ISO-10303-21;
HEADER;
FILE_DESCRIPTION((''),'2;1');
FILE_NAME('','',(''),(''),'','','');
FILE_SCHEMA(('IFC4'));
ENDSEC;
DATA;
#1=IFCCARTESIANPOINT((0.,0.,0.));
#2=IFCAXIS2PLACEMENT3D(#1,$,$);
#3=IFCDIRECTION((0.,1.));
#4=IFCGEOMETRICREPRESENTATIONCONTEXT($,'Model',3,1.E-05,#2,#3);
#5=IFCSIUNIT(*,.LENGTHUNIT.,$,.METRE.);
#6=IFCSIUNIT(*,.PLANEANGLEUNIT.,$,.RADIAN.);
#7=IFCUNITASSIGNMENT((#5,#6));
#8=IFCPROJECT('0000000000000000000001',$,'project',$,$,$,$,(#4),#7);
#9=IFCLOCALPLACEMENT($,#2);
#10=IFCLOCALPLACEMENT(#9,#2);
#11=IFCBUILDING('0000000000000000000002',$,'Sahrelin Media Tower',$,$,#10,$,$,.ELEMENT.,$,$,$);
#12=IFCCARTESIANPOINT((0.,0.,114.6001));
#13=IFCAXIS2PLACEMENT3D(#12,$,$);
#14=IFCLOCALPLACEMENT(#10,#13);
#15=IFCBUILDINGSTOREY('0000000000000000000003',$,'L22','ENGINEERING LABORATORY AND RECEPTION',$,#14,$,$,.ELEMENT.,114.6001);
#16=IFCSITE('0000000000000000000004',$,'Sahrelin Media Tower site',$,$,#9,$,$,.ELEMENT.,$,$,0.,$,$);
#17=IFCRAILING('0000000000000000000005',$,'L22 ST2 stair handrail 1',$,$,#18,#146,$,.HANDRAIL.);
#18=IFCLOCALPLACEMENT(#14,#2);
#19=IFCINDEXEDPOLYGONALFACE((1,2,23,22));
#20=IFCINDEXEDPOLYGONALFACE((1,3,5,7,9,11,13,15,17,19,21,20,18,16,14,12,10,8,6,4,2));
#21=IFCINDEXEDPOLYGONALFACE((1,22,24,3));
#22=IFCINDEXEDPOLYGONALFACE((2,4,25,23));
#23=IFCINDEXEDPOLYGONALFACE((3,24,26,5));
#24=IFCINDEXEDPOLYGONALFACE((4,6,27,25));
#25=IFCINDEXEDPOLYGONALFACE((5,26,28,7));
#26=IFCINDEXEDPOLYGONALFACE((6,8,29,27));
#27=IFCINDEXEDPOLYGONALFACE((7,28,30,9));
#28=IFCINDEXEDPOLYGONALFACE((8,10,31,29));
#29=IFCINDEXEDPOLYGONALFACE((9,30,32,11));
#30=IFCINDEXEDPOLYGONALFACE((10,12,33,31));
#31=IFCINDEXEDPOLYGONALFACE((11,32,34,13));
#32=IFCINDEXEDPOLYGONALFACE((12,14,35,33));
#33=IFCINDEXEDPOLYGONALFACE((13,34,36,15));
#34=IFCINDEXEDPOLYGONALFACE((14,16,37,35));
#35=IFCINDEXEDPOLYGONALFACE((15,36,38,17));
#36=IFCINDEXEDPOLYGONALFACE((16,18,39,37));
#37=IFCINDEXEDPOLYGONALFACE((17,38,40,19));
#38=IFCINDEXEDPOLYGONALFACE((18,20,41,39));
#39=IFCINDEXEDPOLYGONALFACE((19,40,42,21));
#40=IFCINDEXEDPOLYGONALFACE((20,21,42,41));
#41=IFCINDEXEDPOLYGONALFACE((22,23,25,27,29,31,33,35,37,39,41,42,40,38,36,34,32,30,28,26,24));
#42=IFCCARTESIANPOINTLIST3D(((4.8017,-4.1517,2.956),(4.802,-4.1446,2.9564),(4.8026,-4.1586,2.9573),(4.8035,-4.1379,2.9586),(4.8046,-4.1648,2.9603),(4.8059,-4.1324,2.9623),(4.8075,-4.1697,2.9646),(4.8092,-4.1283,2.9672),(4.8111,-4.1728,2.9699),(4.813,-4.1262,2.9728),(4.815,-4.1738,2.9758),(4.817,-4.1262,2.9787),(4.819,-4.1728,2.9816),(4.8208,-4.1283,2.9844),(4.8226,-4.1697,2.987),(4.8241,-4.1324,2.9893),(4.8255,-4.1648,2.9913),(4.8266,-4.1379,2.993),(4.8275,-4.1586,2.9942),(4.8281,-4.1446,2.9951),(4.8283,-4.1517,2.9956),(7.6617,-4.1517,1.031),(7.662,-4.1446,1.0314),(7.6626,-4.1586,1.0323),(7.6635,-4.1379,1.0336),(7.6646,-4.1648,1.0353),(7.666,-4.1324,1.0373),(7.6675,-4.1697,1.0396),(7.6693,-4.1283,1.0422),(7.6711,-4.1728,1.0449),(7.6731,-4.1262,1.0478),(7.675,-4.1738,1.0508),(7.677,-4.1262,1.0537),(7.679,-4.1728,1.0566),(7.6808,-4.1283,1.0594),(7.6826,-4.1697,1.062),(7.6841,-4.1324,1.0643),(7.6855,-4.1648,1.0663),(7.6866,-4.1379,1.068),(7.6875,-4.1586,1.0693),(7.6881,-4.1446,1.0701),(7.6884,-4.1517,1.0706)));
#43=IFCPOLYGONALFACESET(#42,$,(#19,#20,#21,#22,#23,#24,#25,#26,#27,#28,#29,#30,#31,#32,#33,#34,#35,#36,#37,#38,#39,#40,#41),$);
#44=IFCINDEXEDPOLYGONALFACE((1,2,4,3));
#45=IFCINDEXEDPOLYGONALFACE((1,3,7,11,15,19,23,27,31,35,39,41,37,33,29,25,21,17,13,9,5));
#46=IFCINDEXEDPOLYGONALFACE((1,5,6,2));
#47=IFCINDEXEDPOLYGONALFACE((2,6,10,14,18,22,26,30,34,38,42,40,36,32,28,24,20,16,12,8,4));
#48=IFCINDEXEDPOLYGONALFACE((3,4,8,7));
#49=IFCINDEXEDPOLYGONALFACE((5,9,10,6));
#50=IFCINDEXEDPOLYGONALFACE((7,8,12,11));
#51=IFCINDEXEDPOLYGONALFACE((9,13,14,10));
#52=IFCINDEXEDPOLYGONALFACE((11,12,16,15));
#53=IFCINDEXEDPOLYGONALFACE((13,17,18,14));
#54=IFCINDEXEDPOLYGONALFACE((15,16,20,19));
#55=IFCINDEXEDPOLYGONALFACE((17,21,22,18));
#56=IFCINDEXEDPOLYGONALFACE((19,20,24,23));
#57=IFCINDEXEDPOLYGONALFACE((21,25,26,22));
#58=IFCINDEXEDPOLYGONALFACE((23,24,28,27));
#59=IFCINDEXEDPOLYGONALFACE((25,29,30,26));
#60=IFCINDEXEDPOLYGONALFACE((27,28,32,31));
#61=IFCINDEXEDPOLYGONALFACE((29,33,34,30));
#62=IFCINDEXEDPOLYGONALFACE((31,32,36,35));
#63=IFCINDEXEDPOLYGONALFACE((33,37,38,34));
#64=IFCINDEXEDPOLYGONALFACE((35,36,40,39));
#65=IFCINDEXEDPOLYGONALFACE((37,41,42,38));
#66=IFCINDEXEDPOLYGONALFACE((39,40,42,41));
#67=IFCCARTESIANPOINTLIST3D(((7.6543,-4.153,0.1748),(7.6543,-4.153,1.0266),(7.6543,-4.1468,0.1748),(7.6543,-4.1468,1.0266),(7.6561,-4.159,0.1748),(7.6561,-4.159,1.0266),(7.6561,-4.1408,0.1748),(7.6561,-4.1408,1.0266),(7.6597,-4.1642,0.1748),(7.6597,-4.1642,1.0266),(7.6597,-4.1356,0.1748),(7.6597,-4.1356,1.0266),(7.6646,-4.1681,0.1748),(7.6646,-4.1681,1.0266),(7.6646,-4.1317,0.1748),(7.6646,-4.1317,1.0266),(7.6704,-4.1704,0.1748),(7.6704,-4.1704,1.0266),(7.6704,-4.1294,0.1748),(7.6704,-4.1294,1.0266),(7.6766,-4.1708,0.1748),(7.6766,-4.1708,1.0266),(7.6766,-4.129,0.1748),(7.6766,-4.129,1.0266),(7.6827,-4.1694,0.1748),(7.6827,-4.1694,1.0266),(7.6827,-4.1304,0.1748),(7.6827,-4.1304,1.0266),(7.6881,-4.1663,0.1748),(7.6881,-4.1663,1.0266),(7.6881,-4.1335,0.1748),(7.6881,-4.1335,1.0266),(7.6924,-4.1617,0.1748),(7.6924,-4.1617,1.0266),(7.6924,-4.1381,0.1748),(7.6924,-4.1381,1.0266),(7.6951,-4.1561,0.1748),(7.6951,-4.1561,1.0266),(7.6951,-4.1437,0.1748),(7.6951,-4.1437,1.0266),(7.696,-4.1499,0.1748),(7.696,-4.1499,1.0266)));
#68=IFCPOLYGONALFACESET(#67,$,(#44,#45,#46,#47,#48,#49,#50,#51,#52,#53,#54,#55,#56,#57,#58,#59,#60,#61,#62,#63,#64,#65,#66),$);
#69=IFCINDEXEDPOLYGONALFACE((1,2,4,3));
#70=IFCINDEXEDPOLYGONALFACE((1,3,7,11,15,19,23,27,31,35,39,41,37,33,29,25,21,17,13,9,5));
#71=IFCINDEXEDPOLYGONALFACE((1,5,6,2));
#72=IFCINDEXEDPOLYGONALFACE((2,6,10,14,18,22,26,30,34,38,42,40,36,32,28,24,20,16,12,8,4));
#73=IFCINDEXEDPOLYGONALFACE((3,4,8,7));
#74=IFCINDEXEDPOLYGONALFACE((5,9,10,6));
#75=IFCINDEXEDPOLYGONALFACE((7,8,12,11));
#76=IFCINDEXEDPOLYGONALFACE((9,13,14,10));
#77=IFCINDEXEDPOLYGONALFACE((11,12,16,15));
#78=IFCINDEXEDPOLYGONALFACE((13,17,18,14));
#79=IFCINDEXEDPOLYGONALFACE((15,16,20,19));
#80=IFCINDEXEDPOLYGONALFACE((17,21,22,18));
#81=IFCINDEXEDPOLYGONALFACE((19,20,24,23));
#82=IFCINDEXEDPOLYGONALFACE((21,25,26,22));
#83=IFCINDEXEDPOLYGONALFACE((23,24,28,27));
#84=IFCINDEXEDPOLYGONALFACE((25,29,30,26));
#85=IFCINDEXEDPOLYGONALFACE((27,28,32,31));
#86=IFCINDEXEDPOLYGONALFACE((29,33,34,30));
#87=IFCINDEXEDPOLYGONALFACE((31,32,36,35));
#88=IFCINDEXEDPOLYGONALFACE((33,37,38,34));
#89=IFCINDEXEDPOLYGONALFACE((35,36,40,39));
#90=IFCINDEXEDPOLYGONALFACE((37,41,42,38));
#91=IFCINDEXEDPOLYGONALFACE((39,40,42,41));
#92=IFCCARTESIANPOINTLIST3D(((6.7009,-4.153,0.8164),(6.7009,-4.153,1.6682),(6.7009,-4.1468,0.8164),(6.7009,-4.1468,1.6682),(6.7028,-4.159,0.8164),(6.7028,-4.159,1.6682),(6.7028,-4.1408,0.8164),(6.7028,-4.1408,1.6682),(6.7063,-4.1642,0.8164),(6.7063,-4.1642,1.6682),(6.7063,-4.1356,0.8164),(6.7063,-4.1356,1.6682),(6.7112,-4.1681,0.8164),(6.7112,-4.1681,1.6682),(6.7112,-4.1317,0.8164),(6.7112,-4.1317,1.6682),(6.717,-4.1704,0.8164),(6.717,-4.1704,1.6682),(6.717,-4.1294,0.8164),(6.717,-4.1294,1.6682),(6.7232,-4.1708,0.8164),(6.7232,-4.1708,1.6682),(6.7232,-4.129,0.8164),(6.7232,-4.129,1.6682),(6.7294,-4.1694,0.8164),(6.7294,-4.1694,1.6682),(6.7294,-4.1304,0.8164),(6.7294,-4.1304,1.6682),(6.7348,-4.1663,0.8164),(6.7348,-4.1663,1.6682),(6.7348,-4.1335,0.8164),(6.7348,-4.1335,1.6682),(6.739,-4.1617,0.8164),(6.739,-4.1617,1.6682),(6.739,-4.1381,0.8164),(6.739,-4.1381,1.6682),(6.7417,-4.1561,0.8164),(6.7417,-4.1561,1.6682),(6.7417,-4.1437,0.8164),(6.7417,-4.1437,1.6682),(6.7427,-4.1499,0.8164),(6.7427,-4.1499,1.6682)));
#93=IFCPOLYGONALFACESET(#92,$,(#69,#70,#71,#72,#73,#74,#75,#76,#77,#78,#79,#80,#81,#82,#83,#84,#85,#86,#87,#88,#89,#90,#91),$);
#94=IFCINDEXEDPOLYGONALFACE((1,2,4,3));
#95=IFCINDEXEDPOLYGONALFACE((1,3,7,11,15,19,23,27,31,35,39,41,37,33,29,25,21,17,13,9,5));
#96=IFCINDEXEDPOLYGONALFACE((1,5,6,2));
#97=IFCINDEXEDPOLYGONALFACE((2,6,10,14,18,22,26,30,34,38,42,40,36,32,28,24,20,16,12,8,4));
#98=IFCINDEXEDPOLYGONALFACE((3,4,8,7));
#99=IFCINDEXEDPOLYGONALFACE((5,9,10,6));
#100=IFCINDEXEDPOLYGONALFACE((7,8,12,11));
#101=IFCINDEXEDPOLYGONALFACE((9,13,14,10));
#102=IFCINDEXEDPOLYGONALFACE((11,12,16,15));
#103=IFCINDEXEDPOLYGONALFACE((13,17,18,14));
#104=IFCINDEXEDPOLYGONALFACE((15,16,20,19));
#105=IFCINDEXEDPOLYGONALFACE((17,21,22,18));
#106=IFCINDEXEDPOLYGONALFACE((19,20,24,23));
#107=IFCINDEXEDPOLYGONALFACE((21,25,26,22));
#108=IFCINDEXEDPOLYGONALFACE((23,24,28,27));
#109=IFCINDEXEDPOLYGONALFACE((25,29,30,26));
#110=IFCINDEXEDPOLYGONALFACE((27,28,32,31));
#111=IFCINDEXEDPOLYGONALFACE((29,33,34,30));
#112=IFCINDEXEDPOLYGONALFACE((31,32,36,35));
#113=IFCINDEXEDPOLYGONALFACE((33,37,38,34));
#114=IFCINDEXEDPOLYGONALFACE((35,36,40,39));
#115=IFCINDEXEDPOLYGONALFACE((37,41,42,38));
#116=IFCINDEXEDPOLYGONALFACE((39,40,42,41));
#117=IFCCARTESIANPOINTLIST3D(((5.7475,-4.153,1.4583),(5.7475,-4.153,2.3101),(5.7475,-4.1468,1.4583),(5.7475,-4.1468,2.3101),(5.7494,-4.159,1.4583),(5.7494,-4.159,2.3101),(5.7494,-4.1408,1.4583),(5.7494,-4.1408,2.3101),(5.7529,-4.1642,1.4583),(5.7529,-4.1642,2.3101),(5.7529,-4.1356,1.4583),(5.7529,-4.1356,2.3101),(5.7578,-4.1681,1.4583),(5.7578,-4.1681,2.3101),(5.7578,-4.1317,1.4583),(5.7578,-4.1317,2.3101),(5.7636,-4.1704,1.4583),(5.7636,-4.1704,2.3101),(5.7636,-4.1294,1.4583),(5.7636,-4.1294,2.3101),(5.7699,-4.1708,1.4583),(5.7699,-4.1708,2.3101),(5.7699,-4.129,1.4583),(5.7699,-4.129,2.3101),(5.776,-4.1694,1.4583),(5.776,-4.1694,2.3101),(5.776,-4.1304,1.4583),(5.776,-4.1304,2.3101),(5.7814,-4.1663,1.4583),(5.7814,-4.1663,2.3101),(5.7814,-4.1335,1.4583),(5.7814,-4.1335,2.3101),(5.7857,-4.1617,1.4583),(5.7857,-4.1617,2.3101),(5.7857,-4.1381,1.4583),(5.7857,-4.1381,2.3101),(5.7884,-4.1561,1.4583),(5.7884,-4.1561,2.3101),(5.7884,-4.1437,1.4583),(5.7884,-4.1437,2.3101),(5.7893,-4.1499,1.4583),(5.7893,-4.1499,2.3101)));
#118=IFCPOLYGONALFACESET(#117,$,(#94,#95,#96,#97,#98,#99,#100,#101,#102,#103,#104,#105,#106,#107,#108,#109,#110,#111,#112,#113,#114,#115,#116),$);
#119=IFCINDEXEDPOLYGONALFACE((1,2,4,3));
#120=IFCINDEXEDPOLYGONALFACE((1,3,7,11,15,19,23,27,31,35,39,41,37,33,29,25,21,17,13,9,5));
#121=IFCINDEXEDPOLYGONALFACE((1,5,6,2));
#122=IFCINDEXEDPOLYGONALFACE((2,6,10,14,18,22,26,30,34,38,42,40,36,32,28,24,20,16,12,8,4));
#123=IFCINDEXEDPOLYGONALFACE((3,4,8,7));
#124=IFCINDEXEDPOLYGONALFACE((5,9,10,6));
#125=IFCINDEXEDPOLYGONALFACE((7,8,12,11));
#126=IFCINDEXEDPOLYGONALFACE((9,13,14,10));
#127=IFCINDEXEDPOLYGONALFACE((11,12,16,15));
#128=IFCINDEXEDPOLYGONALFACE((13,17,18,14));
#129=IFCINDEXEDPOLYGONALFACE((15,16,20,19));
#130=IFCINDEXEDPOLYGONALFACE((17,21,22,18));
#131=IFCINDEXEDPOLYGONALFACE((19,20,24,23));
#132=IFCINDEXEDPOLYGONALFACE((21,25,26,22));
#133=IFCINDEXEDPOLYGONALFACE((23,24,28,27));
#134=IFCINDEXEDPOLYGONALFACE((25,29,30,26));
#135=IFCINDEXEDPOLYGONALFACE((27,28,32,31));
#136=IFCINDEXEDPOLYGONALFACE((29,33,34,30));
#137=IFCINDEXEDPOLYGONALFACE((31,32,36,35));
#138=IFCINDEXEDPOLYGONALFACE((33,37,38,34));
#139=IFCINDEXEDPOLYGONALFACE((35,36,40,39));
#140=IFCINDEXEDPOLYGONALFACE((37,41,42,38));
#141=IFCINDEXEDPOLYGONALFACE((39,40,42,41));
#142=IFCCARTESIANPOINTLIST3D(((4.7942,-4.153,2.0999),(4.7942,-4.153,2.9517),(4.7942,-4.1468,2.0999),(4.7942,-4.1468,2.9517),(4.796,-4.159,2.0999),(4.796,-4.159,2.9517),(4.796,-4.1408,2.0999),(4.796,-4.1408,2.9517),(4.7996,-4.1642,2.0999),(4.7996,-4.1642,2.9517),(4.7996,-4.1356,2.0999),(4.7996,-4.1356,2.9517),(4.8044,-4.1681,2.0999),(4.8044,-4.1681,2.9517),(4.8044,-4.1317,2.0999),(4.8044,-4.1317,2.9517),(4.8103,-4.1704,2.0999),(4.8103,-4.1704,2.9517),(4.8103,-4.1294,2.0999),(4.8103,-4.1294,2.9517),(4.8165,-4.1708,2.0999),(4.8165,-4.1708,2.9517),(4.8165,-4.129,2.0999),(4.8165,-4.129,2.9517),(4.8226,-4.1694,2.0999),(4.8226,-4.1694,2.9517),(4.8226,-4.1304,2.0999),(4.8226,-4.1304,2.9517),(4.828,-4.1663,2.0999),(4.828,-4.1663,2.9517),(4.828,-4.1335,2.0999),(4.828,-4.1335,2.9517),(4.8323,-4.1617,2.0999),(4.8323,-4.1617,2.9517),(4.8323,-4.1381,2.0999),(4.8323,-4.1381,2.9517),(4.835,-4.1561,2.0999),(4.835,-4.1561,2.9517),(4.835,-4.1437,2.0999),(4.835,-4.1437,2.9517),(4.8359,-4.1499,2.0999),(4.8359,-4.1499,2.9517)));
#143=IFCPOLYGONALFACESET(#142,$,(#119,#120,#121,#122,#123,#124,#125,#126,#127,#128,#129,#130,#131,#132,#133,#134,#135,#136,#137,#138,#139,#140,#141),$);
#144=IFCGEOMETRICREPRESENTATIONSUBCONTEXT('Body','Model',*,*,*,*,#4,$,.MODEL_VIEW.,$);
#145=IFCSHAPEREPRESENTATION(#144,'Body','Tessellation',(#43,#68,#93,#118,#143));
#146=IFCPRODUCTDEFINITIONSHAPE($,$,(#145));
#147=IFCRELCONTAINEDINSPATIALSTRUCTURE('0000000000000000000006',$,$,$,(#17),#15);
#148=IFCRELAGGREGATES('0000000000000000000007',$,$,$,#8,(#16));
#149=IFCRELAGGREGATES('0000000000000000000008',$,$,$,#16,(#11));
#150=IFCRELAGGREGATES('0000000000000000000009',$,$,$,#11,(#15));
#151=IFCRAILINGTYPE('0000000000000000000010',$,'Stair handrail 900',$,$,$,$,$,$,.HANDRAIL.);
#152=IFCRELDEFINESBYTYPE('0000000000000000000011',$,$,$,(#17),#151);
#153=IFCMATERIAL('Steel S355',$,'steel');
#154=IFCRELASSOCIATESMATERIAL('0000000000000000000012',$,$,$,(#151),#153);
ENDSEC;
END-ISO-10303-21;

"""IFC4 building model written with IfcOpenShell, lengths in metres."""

from ifc_helpers import new_model, si_unit, direction, frame, origin, origin_2d, place, context, subcontext, project, spatial, circle, extrude, material, type_object, element, save


model = new_model("IFC4")

# Units and contexts
model_context = context("Model", 3, precision=1e-05, world=origin(), true_north=direction((0.0, 1.0)))
body_context = subcontext(model_context, "Body", "Model", "MODEL_VIEW")
ifc_project = project(units=[si_unit("LENGTHUNIT", "METRE"), si_unit("PLANEANGLEUNIT", "RADIAN")], contexts=[model_context])

# Site, building, storey
site_placement = place(None, origin())
site = spatial("IfcSite", under=ifc_project, at=site_placement, Name="Sahrelin Media Tower site", CompositionType="ELEMENT", RefElevation=0.0)
building_placement = place(site_placement, origin())
building = spatial("IfcBuilding", under=site, at=building_placement, Name="Sahrelin Media Tower", CompositionType="ELEMENT")
storey_placement = place(building_placement, frame((0.0, 0.0, 114.6001)))
storey = spatial("IfcBuildingStorey", under=building, at=storey_placement, Name="L22", Description="ENGINEERING LABORATORY AND RECEPTION", CompositionType="ELEMENT", Elevation=114.6001)

# Shared definitions
ifc_material_1 = material(Name="Steel S355", Category="steel")

# Railing
railing_type_1 = type_object("IfcRailingType", Name="Stair handrail 900", PredefinedType="HANDRAIL", material=ifc_material_1)
railing_1_placement = place(storey_placement, frame((7.675, -4.1499, 0.1748)))
element("IfcRailing", 1, at=railing_1_placement, inside=storey, type_object=railing_type_1, Name="L22 ST2 stair handrail 1", PredefinedType="HANDRAIL", context=body_context, shape_type="SweptSolid", body=[
    extrude(circle(Radius=0.0239, at=origin_2d()), frame((0.0, 0.0, 0.876), z_axis=(-0.829591, 0.0, 0.558372), x_axis=(0.0, -1.0, 0.0)), (0.0, 0.0, 1.0), 3.4475),
    extrude(circle(Radius=0.021, at=origin_2d()), origin(), (0.0, 0.0, 1.0), 0.8518),
    extrude(circle(Radius=0.021, at=origin_2d()), frame((-0.9534, 0.0, 0.6416)), (0.0, 0.0, 1.0), 0.8518),
    extrude(circle(Radius=0.021, at=origin_2d()), frame((-1.9067, 0.0, 1.2834)), (0.0, 0.0, 1.0), 0.8518),
    extrude(circle(Radius=0.021, at=origin_2d()), frame((-2.8601, 0.0, 1.925)), (0.0, 0.0, 1.0), 0.8518),
])

save(model, "model.ifc")
